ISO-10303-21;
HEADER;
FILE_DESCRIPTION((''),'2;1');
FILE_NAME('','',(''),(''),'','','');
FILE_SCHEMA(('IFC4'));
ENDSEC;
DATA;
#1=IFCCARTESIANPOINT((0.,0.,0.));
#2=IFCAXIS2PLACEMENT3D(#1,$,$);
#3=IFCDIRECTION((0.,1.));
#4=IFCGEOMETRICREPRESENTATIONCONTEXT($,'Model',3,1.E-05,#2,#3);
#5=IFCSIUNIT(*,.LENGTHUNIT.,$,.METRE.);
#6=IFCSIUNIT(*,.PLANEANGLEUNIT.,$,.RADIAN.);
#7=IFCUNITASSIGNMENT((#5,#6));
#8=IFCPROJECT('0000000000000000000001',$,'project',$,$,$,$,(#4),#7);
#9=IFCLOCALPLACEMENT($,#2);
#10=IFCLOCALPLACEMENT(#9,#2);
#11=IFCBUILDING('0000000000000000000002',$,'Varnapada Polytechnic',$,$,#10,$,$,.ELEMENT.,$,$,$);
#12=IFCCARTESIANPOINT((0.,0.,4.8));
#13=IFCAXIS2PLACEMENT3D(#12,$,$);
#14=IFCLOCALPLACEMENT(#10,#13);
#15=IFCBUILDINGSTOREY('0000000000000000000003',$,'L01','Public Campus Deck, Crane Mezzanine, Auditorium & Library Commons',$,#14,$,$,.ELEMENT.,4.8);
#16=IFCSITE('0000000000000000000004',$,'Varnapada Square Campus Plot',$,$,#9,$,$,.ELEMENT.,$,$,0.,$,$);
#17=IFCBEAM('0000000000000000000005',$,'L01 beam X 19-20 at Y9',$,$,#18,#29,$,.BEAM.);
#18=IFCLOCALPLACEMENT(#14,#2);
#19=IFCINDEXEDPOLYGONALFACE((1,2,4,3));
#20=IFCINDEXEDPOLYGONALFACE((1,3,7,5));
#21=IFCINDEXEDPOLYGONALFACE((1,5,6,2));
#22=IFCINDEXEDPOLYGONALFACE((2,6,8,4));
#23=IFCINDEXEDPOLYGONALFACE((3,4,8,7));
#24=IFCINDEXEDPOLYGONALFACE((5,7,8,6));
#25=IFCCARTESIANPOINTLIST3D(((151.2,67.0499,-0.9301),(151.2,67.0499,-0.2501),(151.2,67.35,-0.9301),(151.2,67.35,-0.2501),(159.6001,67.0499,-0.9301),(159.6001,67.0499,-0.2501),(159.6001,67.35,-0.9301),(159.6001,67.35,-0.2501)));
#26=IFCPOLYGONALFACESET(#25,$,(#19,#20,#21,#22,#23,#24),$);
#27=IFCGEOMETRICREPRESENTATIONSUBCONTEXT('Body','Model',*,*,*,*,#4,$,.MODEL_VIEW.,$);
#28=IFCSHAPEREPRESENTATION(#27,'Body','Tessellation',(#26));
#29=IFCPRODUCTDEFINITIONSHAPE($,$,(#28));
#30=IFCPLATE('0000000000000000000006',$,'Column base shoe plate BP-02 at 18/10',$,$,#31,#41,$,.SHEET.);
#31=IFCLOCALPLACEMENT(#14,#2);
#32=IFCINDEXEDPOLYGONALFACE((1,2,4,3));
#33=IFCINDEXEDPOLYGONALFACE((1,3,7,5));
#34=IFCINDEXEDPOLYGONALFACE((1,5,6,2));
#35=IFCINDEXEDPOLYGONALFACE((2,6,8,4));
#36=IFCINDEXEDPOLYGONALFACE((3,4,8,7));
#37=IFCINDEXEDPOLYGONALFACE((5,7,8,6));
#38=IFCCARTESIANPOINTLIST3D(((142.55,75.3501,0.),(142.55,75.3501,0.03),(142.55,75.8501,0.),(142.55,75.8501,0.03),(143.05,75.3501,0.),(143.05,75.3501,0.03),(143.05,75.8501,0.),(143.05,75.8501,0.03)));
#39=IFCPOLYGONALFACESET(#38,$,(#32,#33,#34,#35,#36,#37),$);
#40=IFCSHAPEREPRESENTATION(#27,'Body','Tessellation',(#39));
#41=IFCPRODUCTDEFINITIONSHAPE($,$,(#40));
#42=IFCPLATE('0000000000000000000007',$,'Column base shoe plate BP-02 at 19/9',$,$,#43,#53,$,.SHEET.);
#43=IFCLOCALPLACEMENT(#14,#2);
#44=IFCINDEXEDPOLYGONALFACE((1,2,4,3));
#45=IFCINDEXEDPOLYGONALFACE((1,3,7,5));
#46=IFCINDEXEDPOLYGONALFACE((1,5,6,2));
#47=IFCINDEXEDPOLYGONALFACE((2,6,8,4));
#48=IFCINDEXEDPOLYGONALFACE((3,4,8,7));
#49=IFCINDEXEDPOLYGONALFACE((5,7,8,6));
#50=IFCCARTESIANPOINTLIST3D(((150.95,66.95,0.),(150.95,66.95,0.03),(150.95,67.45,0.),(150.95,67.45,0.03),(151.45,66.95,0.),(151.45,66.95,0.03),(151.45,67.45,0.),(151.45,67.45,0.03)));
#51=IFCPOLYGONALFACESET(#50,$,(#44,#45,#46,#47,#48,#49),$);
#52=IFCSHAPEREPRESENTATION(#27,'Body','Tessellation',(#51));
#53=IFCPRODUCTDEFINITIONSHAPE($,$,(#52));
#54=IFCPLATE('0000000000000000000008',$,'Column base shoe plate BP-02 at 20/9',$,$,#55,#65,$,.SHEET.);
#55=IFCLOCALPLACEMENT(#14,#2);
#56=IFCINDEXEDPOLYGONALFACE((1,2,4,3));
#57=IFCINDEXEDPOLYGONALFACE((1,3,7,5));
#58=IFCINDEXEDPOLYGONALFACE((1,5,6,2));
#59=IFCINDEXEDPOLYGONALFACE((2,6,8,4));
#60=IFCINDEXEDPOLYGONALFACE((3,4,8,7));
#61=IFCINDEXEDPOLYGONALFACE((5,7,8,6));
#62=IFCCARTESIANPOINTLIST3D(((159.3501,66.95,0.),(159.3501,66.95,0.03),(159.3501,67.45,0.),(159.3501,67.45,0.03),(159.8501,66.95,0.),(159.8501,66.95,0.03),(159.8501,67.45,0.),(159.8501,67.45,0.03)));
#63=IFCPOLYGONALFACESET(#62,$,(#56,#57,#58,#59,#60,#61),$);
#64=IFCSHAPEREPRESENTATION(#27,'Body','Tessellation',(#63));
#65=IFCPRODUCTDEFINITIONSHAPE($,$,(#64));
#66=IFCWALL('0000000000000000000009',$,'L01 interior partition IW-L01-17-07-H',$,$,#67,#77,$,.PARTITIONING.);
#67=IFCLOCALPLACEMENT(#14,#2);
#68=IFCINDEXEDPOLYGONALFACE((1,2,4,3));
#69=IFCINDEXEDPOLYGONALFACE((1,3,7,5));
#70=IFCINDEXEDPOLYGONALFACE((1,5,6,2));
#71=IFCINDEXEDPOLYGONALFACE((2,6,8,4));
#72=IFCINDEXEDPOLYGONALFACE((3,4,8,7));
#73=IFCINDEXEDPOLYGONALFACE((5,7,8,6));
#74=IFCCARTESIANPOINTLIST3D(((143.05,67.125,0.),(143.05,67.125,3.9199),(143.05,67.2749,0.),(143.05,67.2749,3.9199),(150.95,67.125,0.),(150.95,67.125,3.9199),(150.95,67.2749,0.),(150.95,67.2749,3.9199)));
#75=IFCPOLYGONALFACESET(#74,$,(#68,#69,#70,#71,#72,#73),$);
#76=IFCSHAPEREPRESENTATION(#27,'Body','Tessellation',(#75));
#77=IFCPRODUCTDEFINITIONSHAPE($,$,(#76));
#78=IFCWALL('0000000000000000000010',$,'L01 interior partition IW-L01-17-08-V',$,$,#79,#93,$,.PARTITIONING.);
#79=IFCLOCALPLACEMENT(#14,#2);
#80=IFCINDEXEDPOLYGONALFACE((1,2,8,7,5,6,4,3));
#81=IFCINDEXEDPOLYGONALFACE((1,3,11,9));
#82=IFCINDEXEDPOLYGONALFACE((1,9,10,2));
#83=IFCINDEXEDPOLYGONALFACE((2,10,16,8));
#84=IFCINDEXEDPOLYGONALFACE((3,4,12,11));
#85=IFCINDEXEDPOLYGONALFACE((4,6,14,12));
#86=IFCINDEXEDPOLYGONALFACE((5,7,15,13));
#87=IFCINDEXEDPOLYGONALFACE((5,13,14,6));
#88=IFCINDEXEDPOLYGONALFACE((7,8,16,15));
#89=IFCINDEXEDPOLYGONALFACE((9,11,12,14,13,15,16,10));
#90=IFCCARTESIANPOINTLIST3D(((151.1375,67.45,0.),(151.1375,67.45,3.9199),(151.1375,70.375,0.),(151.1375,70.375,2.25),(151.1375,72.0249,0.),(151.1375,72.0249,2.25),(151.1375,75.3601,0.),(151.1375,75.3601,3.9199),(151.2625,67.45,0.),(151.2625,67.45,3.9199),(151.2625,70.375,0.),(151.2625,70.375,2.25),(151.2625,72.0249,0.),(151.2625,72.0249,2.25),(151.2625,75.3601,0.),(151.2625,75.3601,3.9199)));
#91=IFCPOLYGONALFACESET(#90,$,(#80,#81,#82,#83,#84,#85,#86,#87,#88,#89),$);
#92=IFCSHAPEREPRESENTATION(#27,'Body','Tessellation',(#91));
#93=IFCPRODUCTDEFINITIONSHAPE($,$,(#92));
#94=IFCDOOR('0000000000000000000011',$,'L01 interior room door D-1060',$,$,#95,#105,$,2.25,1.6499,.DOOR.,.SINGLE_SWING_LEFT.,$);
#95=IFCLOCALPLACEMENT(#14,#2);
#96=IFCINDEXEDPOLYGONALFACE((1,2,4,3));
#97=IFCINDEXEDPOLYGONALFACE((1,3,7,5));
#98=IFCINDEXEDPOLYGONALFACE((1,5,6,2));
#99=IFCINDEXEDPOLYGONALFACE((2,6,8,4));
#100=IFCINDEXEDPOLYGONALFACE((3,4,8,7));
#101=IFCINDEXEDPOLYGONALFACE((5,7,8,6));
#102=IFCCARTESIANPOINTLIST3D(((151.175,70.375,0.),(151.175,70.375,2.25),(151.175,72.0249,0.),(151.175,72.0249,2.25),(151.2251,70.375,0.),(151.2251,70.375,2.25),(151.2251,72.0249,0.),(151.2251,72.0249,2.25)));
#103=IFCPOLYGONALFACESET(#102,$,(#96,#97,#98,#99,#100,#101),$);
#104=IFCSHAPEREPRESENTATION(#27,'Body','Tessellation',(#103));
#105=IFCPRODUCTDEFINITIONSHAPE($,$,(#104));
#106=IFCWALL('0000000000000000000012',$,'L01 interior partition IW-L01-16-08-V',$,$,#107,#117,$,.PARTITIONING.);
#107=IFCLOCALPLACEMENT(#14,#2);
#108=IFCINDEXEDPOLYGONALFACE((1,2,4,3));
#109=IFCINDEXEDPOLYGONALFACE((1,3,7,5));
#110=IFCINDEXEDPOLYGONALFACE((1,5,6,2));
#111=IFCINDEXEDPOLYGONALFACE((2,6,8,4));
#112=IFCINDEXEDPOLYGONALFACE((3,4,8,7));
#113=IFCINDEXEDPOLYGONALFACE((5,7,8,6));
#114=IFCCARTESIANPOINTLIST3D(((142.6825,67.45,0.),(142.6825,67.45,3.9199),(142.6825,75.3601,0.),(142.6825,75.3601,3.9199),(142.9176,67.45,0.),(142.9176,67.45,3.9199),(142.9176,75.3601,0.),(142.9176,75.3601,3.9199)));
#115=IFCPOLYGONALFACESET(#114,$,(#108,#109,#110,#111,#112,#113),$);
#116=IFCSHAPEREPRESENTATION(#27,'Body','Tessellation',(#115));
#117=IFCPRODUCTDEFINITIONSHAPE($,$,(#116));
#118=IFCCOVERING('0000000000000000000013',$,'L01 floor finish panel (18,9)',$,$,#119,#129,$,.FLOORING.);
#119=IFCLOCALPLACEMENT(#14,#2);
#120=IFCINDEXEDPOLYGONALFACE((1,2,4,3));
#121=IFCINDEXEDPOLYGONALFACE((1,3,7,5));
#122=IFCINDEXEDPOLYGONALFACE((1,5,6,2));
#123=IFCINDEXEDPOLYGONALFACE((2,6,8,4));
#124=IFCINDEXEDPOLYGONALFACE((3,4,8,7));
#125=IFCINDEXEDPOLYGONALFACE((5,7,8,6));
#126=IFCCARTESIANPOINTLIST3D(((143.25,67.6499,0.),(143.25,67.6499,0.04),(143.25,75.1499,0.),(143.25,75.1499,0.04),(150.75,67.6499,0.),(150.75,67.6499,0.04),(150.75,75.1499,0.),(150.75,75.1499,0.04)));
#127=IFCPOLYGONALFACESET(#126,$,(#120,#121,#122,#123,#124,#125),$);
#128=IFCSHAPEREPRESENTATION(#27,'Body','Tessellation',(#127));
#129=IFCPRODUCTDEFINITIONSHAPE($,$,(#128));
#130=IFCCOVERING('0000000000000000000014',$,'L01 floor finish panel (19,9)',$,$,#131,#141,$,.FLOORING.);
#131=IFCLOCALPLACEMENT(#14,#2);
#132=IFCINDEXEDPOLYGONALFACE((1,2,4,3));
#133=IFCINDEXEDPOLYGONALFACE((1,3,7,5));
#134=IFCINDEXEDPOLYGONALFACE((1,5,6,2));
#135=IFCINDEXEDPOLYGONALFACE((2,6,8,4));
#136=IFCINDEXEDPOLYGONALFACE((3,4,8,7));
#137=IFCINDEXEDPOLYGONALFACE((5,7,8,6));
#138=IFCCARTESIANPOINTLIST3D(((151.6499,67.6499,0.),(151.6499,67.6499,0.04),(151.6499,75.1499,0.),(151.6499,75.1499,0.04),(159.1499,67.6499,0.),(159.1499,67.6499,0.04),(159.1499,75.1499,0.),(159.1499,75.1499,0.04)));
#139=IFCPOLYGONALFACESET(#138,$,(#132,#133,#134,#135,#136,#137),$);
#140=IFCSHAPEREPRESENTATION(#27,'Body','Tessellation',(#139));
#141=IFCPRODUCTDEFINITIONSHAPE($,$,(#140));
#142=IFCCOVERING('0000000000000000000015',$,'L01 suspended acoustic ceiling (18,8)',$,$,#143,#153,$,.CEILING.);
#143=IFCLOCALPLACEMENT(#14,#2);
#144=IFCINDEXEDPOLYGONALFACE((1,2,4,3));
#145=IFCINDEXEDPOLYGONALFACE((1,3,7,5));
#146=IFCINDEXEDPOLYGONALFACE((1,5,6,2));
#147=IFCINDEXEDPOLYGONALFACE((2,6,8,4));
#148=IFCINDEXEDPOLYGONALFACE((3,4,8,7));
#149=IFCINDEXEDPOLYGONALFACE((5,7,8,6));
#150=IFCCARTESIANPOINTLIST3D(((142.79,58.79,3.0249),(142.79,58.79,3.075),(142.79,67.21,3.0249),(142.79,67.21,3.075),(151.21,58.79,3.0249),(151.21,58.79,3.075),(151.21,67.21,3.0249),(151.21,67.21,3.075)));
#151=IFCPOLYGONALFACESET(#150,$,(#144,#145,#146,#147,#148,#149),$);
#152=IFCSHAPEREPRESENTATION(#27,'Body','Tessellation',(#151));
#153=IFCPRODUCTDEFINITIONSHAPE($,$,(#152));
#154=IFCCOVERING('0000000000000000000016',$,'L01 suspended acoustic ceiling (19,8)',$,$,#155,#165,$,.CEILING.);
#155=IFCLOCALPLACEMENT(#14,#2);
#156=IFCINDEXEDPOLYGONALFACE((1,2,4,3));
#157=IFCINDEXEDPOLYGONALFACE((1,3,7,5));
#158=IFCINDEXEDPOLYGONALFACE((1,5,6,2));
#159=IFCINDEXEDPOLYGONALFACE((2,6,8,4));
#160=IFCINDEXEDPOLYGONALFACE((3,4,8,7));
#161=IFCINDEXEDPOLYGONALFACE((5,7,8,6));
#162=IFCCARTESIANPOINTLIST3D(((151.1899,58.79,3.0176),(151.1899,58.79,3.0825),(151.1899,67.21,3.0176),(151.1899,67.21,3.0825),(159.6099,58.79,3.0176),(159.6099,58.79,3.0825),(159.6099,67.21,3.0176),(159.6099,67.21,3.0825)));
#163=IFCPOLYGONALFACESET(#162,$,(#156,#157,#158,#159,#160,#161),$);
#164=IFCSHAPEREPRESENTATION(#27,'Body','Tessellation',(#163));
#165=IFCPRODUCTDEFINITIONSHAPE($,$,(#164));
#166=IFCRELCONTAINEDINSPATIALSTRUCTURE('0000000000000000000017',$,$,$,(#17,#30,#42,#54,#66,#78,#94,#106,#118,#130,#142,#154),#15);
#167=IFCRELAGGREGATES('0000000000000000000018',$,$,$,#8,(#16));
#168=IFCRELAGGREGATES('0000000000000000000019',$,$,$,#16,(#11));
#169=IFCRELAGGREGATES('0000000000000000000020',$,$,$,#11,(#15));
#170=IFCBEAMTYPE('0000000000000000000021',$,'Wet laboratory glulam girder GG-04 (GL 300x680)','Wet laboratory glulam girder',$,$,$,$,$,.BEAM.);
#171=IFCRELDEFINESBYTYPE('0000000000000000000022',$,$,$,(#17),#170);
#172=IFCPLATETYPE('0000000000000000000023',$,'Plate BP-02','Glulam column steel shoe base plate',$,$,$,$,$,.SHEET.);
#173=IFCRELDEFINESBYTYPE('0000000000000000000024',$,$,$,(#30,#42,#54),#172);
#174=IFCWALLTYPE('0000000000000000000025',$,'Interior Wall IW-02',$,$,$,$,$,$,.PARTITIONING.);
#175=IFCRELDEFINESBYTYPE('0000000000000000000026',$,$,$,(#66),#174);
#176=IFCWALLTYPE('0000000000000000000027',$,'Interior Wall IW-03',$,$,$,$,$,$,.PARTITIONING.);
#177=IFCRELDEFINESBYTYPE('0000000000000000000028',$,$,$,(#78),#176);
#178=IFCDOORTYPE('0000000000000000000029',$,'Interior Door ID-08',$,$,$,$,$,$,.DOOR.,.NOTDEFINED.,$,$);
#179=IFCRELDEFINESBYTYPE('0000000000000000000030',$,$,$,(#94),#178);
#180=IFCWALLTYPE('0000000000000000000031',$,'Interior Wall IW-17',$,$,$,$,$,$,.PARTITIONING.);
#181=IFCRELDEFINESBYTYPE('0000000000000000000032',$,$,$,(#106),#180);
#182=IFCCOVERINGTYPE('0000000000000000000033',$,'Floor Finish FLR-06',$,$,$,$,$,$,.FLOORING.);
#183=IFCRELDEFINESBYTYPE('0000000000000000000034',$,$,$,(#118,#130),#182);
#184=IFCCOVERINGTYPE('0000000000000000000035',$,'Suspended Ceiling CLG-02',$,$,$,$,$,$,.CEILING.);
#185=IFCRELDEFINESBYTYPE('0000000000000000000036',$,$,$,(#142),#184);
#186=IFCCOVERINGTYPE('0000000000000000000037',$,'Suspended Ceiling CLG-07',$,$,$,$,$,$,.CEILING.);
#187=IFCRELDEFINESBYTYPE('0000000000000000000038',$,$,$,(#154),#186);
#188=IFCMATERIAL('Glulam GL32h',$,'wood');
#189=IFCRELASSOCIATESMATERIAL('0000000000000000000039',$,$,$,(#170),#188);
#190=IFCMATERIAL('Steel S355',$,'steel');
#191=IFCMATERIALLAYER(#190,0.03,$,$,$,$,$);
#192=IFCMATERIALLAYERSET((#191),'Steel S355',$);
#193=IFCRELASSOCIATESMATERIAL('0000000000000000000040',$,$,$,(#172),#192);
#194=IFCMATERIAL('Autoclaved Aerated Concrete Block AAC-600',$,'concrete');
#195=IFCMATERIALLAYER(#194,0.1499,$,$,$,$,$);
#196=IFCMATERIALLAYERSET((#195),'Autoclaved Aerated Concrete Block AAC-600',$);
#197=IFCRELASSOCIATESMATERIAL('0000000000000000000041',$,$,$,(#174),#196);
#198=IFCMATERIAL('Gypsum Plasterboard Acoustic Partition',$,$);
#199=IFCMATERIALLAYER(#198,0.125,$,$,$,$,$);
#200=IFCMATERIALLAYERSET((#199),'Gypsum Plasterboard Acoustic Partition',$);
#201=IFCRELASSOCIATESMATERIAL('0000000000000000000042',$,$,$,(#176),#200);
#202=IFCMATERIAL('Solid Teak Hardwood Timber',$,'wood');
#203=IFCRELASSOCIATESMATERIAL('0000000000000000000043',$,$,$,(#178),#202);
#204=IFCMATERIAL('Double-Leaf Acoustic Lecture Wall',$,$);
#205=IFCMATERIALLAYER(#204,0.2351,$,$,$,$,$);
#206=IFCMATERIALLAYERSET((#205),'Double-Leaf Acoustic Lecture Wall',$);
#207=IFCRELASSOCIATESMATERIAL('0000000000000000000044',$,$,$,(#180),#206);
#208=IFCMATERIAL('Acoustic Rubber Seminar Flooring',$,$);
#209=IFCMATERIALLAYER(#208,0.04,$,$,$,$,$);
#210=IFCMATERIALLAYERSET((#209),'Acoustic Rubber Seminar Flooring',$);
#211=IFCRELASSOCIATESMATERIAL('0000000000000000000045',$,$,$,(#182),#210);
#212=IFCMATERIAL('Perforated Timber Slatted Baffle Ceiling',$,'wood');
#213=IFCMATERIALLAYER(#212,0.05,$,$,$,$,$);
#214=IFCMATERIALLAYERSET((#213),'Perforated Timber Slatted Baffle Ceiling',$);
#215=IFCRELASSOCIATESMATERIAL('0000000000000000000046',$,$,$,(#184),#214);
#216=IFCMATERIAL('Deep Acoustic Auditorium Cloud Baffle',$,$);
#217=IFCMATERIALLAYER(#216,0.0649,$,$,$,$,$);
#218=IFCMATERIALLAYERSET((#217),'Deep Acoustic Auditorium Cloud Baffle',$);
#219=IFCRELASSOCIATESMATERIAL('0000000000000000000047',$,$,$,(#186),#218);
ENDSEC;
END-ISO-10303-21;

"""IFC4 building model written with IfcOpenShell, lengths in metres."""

from ifc_helpers import new_model, si_unit, direction, frame, frame_2d, origin, origin_2d, place, context, subcontext, project, spatial, rectangle, extrude, material, layer, layer_set, material_profile, profile_set, type_object, element, fill, save


model = new_model("IFC4")

# Units and contexts
model_context = context("Model", 3, precision=1e-05, world=origin(), true_north=direction((0.0, 1.0)))
body_context = subcontext(model_context, "Body", "Model", "MODEL_VIEW")
ifc_project = project(units=[si_unit("LENGTHUNIT", "METRE"), si_unit("PLANEANGLEUNIT", "RADIAN")], contexts=[model_context])

# Site, building, storey
site_placement = place(None, origin())
site = spatial("IfcSite", under=ifc_project, at=site_placement, Name="Varnapada Square Campus Plot", CompositionType="ELEMENT", RefElevation=0.0)
building_placement = place(site_placement, origin())
building = spatial("IfcBuilding", under=site, at=building_placement, Name="Varnapada Polytechnic", CompositionType="ELEMENT")
storey_placement = place(building_placement, frame((0.0, 0.0, 4.8)))
storey = spatial("IfcBuildingStorey", under=building, at=storey_placement, Name="L01", Description="Public Campus Deck, Crane Mezzanine, Auditorium & Library Commons", CompositionType="ELEMENT", Elevation=4.8)

# Shared definitions
ifc_material_1 = material(Name="Glulam GL32h", Category="wood")

# Beam
ifc_material_profile_1 = material_profile(ifc_material_1, rectangle(XDim=0.3, YDim=0.6799, at=origin_2d()), Name="GL 300x680")
ifc_profile_set_1 = profile_set([ifc_material_profile_1], Name="Glulam GL32h")
beam_type_1 = type_object("IfcBeamType", Name="Wet laboratory glulam girder GG-04 (GL 300x680)", Description="Wet laboratory glulam girder", PredefinedType="BEAM", material=ifc_profile_set_1)
beam_1_placement = place(storey_placement, frame((151.2, 67.2, -0.5901), z_axis=(1.0, 0.0, 0.0), x_axis=(0.0, 1.0, 0.0)))
element("IfcBeam", 1, at=beam_1_placement, inside=storey, type_object=beam_type_1, Name="L01 beam X 19-20 at Y9", PredefinedType="BEAM", context=body_context, shape_type="SweptSolid", body=[
    extrude(rectangle(XDim=0.3, YDim=0.6799, at=origin_2d()), origin(), (0.0, 0.0, 1.0), 8.4001),
])

# Plates
ifc_material_2 = material(Name="Steel S355", Category="steel")
ifc_layer_1 = layer(ifc_material_2, 0.03)
ifc_layer_set_1 = layer_set([ifc_layer_1], Name="Steel S355")
plate_type = type_object("IfcPlateType", Name="Plate BP-02", Description="Glulam column steel shoe base plate", PredefinedType="SHEET", material=ifc_layer_set_1)
for number, where, z_axis, x_axis, name in (
    (2, (142.8, 75.6001, 0.0), (0.0, 0.0, 1.0), (1.0, 0.0, 0.0), "Column base shoe plate BP-02 at 18/10"),
    (3, (151.2, 67.2, 0.0), (0.0, 0.0, 1.0), (1.0, 0.0, 0.0), "Column base shoe plate BP-02 at 19/9"),
    (4, (159.6001, 67.2, 0.0), (0.0, 0.0, 1.0), (1.0, 0.0, 0.0), "Column base shoe plate BP-02 at 20/9"),
):
    element("IfcPlate", number, at=place(storey_placement, frame(where, z_axis=z_axis, x_axis=x_axis)), inside=storey, type_object=plate_type, Name=name, PredefinedType="SHEET", context=body_context, shape_type="SweptSolid", body=[
        extrude(rectangle(XDim=0.5, YDim=0.5, at=origin_2d()), origin(), (0.0, 0.0, 1.0), 0.03),
    ])

# Wall
ifc_material_3 = material(Name="Autoclaved Aerated Concrete Block AAC-600", Category="concrete")
ifc_layer_2 = layer(ifc_material_3, 0.1499)
ifc_layer_set_2 = layer_set([ifc_layer_2], Name="Autoclaved Aerated Concrete Block AAC-600")
wall_type_1 = type_object("IfcWallType", Name="Interior Wall IW-02", PredefinedType="PARTITIONING", material=ifc_layer_set_2)
wall_1_placement = place(storey_placement, frame((143.05, 67.2, 0.0), z_axis=(0.0, 0.0, 1.0), x_axis=(1.0, 0.0, 0.0)))
element("IfcWall", 5, at=wall_1_placement, inside=storey, type_object=wall_type_1, Name="L01 interior partition IW-L01-17-07-H", PredefinedType="PARTITIONING", context=body_context, shape_type="SweptSolid", body=[
    extrude(rectangle(XDim=7.8999, YDim=0.1499, at=frame_2d((3.95, 0.0))), origin(), (0.0, 0.0, 1.0), 3.9199),
])

# Wall, opening, door
ifc_material_4 = material(Name="Gypsum Plasterboard Acoustic Partition")
ifc_layer_3 = layer(ifc_material_4, 0.125)
ifc_layer_set_3 = layer_set([ifc_layer_3], Name="Gypsum Plasterboard Acoustic Partition")
wall_type_2 = type_object("IfcWallType", Name="Interior Wall IW-03", PredefinedType="PARTITIONING", material=ifc_layer_set_3)
wall_2_placement = place(storey_placement, frame((151.2, 67.45, 0.0), z_axis=(0.0, 0.0, 1.0), x_axis=(0.0, 1.0, 0.0)))
wall_2 = element("IfcWall", 6, at=wall_2_placement, inside=storey, type_object=wall_type_2, Name="L01 interior partition IW-L01-17-08-V", PredefinedType="PARTITIONING", context=body_context, shape_type="SweptSolid", body=[
    extrude(rectangle(XDim=7.9102, YDim=0.125, at=frame_2d((3.9551, 0.0))), origin(), (0.0, 0.0, 1.0), 3.9199),
])
opening_placement = place(wall_2_placement, frame((2.925, 0.0, 0.0)))
opening = element("IfcOpeningElement", 7, at=opening_placement, cuts=wall_2, PredefinedType="OPENING", context=body_context, shape_type="SweptSolid", body=[
    extrude(rectangle(XDim=1.6499, YDim=2.25, at=frame_2d((0.825, 1.125))), frame((0.0, 0.0725, 0.0), z_axis=(0.0, -1.0, 0.0), x_axis=(1.0, 0.0, 0.0)), (0.0, 0.0, 1.0), 0.145),
])
ifc_material_5 = material(Name="Solid Teak Hardwood Timber", Category="wood")
door_type = type_object("IfcDoorType", Name="Interior Door ID-08", OperationType="NOTDEFINED", PredefinedType="DOOR", material=ifc_material_5)
door_placement = place(opening_placement, origin())
door = element("IfcDoor", 8, at=door_placement, inside=storey, type_object=door_type, Name="L01 interior room door D-1060", OperationType="SINGLE_SWING_LEFT", OverallHeight=2.25, OverallWidth=1.6499, PredefinedType="DOOR", context=body_context, shape_type="SweptSolid", body=[
    extrude(rectangle(XDim=1.6499, YDim=2.25, at=frame_2d((0.825, 1.125))), frame((0.0, 0.0249, 0.0), z_axis=(0.0, -1.0, 0.0), x_axis=(1.0, 0.0, 0.0)), (0.0, 0.0, 1.0), 0.05),
])
fill(opening, door)

# Wall
ifc_material_6 = material(Name="Double-Leaf Acoustic Lecture Wall")
ifc_layer_4 = layer(ifc_material_6, 0.2351)
ifc_layer_set_4 = layer_set([ifc_layer_4], Name="Double-Leaf Acoustic Lecture Wall")
wall_type_3 = type_object("IfcWallType", Name="Interior Wall IW-17", PredefinedType="PARTITIONING", material=ifc_layer_set_4)
wall_3_placement = place(storey_placement, frame((142.8, 67.45, 0.0), z_axis=(0.0, 0.0, 1.0), x_axis=(0.0, 1.0, 0.0)))
element("IfcWall", 9, at=wall_3_placement, inside=storey, type_object=wall_type_3, Name="L01 interior partition IW-L01-16-08-V", PredefinedType="PARTITIONING", context=body_context, shape_type="SweptSolid", body=[
    extrude(rectangle(XDim=7.9102, YDim=0.2351, at=frame_2d((3.9551, 0.0))), origin(), (0.0, 0.0, 1.0), 3.9199),
])

# Coverings
ifc_material_7 = material(Name="Acoustic Rubber Seminar Flooring")
ifc_layer_5 = layer(ifc_material_7, 0.04)
ifc_layer_set_5 = layer_set([ifc_layer_5], Name="Acoustic Rubber Seminar Flooring")
covering_type_1 = type_object("IfcCoveringType", Name="Floor Finish FLR-06", PredefinedType="FLOORING", material=ifc_layer_set_5)
for number, where, z_axis, x_axis, name in (
    (10, (147.0, 71.3999, 0.0), (0.0, 0.0, 1.0), (1.0, 0.0, 0.0), "L01 floor finish panel (18,9)"),
    (11, (155.3999, 71.3999, 0.0), (0.0, 0.0, 1.0), (1.0, 0.0, 0.0), "L01 floor finish panel (19,9)"),
):
    element("IfcCovering", number, at=place(storey_placement, frame(where, z_axis=z_axis, x_axis=x_axis)), inside=storey, type_object=covering_type_1, Name=name, PredefinedType="FLOORING", context=body_context, shape_type="SweptSolid", body=[
        extrude(rectangle(XDim=7.5, YDim=7.5, at=origin_2d()), origin(), (0.0, 0.0, 1.0), 0.04),
    ])
ifc_material_8 = material(Name="Perforated Timber Slatted Baffle Ceiling", Category="wood")
ifc_layer_6 = layer(ifc_material_8, 0.05)
ifc_layer_set_6 = layer_set([ifc_layer_6], Name="Perforated Timber Slatted Baffle Ceiling")
covering_type_2 = type_object("IfcCoveringType", Name="Suspended Ceiling CLG-02", PredefinedType="CEILING", material=ifc_layer_set_6)
covering_1_placement = place(storey_placement, frame((147.0, 63.0, 3.0249), z_axis=(0.0, 0.0, 1.0), x_axis=(1.0, 0.0, 0.0)))
element("IfcCovering", 12, at=covering_1_placement, inside=storey, type_object=covering_type_2, Name="L01 suspended acoustic ceiling (18,8)", PredefinedType="CEILING", context=body_context, shape_type="SweptSolid", body=[
    extrude(rectangle(XDim=8.4199, YDim=8.4199, at=origin_2d()), origin(), (0.0, 0.0, 1.0), 0.05),
])
ifc_material_9 = material(Name="Deep Acoustic Auditorium Cloud Baffle")
ifc_layer_7 = layer(ifc_material_9, 0.0649)
ifc_layer_set_7 = layer_set([ifc_layer_7], Name="Deep Acoustic Auditorium Cloud Baffle")
covering_type_3 = type_object("IfcCoveringType", Name="Suspended Ceiling CLG-07", PredefinedType="CEILING", material=ifc_layer_set_7)
covering_2_placement = place(storey_placement, frame((155.3999, 63.0, 3.0176), z_axis=(0.0, 0.0, 1.0), x_axis=(1.0, 0.0, 0.0)))
element("IfcCovering", 13, at=covering_2_placement, inside=storey, type_object=covering_type_3, Name="L01 suspended acoustic ceiling (19,8)", PredefinedType="CEILING", context=body_context, shape_type="SweptSolid", body=[
    extrude(rectangle(XDim=8.4199, YDim=8.4199, at=origin_2d()), origin(), (0.0, 0.0, 1.0), 0.0649),
])

save(model, "model.ifc")
